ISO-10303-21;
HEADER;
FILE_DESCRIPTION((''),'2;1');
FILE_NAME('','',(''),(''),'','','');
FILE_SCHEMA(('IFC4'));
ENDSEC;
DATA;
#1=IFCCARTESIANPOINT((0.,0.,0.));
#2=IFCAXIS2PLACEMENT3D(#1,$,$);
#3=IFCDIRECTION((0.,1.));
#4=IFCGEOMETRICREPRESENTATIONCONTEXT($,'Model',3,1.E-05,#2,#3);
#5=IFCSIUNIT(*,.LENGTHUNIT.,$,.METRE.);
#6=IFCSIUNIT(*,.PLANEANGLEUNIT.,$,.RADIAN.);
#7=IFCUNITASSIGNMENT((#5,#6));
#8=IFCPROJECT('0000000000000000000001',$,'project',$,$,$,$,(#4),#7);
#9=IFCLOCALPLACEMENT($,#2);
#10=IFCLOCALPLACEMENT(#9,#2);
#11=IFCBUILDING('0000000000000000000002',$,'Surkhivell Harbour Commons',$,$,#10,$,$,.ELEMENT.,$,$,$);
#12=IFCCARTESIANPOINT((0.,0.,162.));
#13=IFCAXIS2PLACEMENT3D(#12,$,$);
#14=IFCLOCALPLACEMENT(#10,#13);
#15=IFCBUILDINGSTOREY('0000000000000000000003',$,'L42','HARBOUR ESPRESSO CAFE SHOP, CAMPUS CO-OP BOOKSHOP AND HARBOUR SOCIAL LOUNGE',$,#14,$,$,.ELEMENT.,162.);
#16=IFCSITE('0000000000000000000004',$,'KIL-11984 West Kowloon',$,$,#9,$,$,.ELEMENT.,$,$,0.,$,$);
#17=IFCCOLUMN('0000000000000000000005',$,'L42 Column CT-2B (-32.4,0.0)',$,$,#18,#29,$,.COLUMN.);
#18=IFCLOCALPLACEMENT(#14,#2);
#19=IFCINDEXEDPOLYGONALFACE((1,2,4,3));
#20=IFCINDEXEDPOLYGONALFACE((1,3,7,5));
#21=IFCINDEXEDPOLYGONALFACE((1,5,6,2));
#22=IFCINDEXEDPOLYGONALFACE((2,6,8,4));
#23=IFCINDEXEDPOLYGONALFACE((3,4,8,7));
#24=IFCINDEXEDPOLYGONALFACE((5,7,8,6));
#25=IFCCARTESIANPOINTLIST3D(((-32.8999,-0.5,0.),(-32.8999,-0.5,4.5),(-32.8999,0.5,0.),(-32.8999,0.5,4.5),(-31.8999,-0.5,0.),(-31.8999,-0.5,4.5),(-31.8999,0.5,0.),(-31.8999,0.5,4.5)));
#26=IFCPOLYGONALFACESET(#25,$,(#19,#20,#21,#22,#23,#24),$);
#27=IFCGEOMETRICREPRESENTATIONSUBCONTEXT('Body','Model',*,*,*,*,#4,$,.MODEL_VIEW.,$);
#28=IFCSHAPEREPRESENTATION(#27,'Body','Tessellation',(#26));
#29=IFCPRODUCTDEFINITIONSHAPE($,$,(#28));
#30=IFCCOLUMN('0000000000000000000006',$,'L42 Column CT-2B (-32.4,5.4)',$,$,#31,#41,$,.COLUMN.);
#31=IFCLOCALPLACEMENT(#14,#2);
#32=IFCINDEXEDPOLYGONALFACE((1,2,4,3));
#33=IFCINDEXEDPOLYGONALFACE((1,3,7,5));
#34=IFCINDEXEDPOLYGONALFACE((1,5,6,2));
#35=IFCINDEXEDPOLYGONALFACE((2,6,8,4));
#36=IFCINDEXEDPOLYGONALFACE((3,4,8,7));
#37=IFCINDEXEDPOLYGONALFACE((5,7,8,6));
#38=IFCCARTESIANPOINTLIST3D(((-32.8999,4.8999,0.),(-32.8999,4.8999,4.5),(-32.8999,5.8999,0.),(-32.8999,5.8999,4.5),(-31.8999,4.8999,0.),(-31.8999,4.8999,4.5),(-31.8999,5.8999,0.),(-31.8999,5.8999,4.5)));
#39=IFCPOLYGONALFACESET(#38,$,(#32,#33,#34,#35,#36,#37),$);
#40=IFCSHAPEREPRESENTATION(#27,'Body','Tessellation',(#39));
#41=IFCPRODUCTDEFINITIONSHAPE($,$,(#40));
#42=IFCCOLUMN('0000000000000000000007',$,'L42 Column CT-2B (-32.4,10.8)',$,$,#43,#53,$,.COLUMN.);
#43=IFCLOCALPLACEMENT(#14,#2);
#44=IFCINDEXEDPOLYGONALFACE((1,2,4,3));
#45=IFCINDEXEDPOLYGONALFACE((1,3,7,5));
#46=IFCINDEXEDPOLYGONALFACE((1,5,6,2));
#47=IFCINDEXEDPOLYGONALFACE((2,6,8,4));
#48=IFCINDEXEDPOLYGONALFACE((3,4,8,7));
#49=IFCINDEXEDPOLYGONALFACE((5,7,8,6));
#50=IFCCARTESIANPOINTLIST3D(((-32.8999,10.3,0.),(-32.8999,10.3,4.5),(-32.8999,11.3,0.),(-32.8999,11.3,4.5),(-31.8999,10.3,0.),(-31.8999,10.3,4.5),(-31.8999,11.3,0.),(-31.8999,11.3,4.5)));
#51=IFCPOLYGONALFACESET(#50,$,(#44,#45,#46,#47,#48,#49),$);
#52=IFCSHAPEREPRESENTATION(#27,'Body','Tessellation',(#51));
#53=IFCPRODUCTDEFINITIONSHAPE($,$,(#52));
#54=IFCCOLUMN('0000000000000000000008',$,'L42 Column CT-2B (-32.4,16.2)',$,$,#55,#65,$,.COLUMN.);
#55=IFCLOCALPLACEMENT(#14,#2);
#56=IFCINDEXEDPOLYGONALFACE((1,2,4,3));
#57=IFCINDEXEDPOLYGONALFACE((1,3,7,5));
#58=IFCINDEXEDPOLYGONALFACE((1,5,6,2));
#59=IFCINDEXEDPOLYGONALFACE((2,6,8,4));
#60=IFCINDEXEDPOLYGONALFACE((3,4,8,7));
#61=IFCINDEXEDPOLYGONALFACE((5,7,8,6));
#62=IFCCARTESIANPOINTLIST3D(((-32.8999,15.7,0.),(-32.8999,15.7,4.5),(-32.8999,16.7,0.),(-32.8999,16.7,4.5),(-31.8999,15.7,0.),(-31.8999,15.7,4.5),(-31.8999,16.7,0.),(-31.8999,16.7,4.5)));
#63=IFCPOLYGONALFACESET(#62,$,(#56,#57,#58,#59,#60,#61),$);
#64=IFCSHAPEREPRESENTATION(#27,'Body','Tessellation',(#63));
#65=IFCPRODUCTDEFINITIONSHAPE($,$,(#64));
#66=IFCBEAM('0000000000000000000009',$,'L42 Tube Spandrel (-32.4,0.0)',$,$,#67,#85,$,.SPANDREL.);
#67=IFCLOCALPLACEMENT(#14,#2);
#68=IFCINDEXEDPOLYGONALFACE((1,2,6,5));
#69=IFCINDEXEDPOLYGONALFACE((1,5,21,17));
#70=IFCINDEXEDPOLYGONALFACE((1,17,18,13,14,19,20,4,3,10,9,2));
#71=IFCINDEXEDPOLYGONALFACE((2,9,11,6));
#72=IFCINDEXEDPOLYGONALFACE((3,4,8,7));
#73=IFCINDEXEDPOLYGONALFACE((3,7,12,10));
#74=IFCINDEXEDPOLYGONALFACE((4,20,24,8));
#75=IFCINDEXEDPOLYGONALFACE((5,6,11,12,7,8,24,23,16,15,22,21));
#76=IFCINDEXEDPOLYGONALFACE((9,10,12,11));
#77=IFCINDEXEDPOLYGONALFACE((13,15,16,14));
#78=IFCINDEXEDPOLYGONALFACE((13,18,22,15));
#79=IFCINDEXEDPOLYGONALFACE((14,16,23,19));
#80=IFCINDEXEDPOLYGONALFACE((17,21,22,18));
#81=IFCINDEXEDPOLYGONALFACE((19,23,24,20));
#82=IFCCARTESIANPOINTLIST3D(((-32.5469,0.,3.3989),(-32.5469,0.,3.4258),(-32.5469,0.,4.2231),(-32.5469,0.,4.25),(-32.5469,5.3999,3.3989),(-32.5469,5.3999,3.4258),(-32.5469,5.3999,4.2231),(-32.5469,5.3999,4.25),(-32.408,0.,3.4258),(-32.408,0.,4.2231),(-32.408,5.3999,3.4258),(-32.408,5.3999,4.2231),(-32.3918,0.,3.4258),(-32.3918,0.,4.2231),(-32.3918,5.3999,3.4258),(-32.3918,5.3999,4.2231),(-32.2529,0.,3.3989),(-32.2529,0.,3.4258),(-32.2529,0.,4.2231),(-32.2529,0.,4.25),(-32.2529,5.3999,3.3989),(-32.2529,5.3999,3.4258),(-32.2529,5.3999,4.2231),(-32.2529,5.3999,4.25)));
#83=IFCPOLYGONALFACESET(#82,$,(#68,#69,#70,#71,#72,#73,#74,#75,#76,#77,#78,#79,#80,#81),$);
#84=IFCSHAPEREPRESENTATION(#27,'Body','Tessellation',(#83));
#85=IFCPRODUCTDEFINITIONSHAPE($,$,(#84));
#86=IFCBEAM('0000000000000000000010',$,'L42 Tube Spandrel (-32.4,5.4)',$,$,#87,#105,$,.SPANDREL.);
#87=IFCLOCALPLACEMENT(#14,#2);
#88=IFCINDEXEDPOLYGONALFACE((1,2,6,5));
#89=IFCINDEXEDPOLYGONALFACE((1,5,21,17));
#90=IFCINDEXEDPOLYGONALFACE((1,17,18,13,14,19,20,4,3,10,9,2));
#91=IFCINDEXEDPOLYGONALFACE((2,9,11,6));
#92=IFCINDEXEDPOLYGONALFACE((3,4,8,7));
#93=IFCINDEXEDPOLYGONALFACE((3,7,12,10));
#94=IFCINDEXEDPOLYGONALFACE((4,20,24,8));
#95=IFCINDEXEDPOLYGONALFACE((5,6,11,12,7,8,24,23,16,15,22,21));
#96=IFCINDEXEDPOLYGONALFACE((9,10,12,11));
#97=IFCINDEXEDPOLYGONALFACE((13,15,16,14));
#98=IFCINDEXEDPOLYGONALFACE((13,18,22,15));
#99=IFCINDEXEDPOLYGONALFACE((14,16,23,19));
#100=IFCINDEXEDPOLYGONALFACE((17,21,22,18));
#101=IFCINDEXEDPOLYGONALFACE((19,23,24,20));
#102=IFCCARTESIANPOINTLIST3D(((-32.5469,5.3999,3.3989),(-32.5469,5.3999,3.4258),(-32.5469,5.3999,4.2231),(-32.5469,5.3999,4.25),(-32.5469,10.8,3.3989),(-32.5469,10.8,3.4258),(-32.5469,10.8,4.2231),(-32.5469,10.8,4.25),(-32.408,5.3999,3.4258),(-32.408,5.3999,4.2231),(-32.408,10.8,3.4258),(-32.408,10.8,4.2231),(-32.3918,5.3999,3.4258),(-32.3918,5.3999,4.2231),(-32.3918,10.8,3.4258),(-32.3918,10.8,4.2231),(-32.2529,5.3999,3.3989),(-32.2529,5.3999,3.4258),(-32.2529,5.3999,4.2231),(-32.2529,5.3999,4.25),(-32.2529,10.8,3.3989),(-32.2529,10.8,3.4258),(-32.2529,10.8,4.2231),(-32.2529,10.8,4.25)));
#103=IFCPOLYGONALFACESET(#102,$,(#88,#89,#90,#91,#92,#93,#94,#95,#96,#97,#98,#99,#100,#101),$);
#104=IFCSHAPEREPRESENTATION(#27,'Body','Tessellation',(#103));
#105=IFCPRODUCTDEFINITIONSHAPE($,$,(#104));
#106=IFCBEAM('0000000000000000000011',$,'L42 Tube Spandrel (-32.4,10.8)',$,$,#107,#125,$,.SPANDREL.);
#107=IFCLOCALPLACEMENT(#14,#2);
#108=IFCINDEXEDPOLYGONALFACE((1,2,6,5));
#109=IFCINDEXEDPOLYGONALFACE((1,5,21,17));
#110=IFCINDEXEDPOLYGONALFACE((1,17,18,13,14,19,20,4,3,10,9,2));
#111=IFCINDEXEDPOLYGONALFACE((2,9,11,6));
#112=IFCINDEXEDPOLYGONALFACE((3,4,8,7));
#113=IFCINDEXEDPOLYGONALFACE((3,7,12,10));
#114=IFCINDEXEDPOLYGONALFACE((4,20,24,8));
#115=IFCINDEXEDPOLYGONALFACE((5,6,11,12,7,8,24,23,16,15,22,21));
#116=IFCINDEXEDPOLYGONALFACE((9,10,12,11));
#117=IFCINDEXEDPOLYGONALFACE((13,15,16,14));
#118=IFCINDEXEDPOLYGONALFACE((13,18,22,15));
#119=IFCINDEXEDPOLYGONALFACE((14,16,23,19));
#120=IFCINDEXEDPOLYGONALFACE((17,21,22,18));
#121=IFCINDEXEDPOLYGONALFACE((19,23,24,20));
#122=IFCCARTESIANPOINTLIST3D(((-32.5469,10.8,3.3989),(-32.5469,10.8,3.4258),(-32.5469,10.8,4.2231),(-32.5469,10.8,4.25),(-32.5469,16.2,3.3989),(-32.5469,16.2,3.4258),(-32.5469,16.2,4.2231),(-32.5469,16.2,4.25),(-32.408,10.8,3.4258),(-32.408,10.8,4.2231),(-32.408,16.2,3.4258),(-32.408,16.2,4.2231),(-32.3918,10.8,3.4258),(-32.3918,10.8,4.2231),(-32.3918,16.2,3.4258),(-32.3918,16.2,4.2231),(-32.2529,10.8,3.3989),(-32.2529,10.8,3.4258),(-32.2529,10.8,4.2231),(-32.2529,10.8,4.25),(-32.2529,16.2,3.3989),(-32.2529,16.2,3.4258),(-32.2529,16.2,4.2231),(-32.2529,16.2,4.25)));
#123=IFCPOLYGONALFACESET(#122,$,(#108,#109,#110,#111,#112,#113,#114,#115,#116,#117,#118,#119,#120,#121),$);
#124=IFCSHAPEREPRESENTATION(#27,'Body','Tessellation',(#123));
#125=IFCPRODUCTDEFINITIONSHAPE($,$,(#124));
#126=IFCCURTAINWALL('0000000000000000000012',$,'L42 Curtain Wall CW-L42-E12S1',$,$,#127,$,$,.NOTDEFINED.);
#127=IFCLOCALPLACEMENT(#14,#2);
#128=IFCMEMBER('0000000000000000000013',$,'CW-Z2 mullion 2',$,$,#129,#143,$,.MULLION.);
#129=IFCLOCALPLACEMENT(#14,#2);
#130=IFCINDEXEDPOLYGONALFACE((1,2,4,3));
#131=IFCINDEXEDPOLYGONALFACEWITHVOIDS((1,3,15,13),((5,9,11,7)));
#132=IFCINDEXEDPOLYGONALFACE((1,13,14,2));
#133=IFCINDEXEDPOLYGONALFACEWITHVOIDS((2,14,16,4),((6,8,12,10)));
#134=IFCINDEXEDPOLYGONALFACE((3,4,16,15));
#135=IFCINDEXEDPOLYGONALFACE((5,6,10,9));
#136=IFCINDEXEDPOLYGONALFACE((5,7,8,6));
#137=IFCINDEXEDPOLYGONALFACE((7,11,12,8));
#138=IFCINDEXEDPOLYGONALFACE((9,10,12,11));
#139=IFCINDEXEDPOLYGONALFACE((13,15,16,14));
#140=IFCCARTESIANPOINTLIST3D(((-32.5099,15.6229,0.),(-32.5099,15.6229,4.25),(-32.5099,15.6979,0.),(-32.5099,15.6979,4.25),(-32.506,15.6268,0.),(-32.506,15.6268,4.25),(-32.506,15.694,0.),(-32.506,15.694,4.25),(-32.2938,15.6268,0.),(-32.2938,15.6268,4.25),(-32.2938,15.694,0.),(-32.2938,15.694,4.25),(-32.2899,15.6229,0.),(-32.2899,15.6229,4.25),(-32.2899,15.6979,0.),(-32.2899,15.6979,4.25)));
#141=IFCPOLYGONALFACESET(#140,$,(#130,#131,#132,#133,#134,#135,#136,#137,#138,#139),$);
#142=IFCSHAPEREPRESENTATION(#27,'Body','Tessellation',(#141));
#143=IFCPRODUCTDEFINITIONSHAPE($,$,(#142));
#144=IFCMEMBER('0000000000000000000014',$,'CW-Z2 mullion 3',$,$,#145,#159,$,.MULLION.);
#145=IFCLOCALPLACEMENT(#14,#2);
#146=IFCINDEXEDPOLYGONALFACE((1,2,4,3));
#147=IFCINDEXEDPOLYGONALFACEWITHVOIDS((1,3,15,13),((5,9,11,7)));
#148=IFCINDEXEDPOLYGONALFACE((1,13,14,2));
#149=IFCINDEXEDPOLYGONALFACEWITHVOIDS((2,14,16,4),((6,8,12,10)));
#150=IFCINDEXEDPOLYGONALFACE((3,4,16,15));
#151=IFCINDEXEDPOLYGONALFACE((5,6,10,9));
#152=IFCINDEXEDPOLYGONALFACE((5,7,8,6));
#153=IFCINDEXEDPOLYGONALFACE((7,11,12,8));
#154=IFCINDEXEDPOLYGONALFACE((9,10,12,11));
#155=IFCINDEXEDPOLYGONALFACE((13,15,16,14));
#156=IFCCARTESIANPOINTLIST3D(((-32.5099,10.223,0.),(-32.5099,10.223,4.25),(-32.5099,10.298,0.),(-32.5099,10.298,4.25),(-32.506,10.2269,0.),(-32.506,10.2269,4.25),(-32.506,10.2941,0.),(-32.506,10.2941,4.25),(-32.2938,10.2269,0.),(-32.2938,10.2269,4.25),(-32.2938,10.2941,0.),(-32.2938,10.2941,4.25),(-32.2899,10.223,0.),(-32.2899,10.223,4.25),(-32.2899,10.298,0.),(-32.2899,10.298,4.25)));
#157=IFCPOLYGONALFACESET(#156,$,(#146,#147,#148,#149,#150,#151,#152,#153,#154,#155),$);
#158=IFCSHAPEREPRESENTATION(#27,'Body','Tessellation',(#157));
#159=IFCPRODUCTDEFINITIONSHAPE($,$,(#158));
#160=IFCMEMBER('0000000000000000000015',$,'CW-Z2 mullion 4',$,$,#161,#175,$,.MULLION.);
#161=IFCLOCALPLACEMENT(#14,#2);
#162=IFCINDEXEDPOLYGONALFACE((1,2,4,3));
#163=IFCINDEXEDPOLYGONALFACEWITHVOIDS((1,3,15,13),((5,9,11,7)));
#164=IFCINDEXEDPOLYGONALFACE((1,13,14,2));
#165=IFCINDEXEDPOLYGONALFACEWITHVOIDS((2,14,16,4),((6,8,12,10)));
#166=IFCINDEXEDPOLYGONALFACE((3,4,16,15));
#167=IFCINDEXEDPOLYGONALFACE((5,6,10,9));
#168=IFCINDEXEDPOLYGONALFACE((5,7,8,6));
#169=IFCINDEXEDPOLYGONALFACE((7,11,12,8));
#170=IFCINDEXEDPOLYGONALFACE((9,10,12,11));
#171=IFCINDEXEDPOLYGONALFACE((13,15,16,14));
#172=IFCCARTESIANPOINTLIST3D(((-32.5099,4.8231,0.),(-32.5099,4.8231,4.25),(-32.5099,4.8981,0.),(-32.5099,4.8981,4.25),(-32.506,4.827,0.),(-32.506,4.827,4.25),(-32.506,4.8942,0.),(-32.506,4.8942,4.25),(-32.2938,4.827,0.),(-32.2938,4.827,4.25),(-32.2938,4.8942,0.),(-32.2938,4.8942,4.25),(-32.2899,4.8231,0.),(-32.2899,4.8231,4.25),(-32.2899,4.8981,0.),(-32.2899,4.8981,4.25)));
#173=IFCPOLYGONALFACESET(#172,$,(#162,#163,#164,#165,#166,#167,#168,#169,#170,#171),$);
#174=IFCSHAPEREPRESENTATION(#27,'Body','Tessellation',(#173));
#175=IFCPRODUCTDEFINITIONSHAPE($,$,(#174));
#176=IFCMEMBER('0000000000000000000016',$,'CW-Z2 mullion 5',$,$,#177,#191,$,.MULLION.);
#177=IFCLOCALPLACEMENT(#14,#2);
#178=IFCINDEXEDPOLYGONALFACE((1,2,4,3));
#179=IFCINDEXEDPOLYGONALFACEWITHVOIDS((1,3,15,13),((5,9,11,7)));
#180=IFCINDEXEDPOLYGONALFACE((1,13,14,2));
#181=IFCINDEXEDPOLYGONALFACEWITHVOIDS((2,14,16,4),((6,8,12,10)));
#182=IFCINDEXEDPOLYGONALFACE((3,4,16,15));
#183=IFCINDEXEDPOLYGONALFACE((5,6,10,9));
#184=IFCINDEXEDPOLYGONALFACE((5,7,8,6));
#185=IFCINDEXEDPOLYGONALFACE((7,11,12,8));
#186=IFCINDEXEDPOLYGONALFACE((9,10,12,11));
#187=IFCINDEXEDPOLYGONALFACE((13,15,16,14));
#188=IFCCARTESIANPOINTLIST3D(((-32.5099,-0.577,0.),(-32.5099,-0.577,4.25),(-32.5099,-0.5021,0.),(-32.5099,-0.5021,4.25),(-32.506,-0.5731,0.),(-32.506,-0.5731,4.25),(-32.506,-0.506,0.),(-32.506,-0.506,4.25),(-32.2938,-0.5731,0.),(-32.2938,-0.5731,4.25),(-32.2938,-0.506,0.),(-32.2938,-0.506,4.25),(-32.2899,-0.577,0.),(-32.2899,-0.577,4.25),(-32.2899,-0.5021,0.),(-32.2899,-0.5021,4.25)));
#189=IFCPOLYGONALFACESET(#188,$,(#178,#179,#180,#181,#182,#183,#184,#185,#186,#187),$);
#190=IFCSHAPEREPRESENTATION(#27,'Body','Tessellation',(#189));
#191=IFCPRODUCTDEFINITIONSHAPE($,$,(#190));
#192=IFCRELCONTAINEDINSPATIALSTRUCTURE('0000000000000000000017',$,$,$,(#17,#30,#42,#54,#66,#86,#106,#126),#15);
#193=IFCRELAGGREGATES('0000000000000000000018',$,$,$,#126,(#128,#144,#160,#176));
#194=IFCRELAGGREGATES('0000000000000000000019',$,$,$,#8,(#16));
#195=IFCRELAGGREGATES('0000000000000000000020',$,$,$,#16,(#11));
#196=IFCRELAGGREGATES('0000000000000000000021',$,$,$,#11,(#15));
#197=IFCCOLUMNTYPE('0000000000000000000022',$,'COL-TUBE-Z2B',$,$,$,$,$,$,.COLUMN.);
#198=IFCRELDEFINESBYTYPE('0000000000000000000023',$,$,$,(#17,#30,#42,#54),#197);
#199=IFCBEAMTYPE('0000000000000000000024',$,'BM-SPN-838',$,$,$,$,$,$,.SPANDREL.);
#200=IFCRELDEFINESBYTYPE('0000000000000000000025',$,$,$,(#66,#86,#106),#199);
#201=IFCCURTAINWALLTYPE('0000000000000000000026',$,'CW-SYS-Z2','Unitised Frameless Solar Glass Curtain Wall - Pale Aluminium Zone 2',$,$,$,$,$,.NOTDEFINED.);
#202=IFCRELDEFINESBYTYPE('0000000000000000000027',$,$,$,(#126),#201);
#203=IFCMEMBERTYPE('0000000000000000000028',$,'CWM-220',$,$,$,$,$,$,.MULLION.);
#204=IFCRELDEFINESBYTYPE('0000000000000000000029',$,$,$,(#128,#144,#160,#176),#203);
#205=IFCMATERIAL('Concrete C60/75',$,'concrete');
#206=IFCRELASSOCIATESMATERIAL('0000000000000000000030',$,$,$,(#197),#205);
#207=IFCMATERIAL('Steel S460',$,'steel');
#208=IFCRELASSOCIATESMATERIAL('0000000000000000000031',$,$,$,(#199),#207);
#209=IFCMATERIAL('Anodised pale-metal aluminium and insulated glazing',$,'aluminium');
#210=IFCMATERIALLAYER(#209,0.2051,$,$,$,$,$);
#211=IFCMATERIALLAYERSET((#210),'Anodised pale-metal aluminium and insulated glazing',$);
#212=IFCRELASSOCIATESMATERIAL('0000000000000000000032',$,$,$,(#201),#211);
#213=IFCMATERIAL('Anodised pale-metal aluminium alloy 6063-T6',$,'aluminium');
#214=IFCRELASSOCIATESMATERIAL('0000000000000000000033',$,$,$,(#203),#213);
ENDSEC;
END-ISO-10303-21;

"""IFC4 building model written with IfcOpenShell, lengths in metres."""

from ifc_helpers import new_model, si_unit, direction, frame, origin, origin_2d, place, context, subcontext, project, spatial, rectangle, hollow_rectangle, i_section, extrude, material, layer, layer_set, material_profile, profile_set, type_object, element, aggregate, save


model = new_model("IFC4")

# Units and contexts
model_context = context("Model", 3, precision=1e-05, world=origin(), true_north=direction((0.0, 1.0)))
body_context = subcontext(model_context, "Body", "Model", "MODEL_VIEW")
ifc_project = project(units=[si_unit("LENGTHUNIT", "METRE"), si_unit("PLANEANGLEUNIT", "RADIAN")], contexts=[model_context])

# Site, building, storey
site_placement = place(None, origin())
site = spatial("IfcSite", under=ifc_project, at=site_placement, Name="KIL-11984 West Kowloon", CompositionType="ELEMENT", RefElevation=0.0)
building_placement = place(site_placement, origin())
building = spatial("IfcBuilding", under=site, at=building_placement, Name="Surkhivell Harbour Commons", CompositionType="ELEMENT")
storey_placement = place(building_placement, frame((0.0, 0.0, 162.0)))
storey = spatial("IfcBuildingStorey", under=building, at=storey_placement, Name="L42", Description="HARBOUR ESPRESSO CAFE SHOP, CAMPUS CO-OP BOOKSHOP AND HARBOUR SOCIAL LOUNGE", CompositionType="ELEMENT", Elevation=162.0)

# Columns
ifc_material_1 = material(Name="Concrete C60/75", Category="concrete")
ifc_material_profile_1 = material_profile(ifc_material_1, rectangle(XDim=1.0, YDim=1.0, at=origin_2d()), Name="RC-COL-1000x1000")
ifc_profile_set_1 = profile_set([ifc_material_profile_1], Name="Concrete C60/75")
column_type = type_object("IfcColumnType", Name="COL-TUBE-Z2B", PredefinedType="COLUMN", material=ifc_profile_set_1)
for number, where, z_axis, x_axis, name in (
    (1, (-32.3999, 0.0, 0.0), (0.0, 0.0, 1.0), (1.0, 0.0, 0.0), "L42 Column CT-2B (-32.4,0.0)"),
    (2, (-32.3999, 5.3999, 0.0), (0.0, 0.0, 1.0), (1.0, 0.0, 0.0), "L42 Column CT-2B (-32.4,5.4)"),
    (3, (-32.3999, 10.8, 0.0), (0.0, 0.0, 1.0), (1.0, 0.0, 0.0), "L42 Column CT-2B (-32.4,10.8)"),
    (4, (-32.3999, 16.2, 0.0), (0.0, 0.0, 1.0), (1.0, 0.0, 0.0), "L42 Column CT-2B (-32.4,16.2)"),
):
    element("IfcColumn", number, at=place(storey_placement, frame(where, z_axis=z_axis, x_axis=x_axis)), inside=storey, type_object=column_type, Name=name, PredefinedType="COLUMN", context=body_context, shape_type="SweptSolid", body=[
        extrude(rectangle(XDim=1.0, YDim=1.0, at=origin_2d()), origin(), (0.0, 0.0, 1.0), 4.5),
    ])

# Beams
ifc_material_2 = material(Name="Steel S460", Category="steel")
ifc_material_profile_2 = material_profile(ifc_material_2, i_section(OverallWidth=0.2939, OverallDepth=0.8511, WebThickness=0.0161, FlangeThickness=0.0269, at=origin_2d()), Name="UB838x292x226")
ifc_profile_set_2 = profile_set([ifc_material_profile_2], Name="Steel S460")
beam_type = type_object("IfcBeamType", Name="BM-SPN-838", PredefinedType="SPANDREL", material=ifc_profile_set_2)
beam_1_placement = place(storey_placement, frame((-32.3999, 0.0, 3.8245), z_axis=(0.0, 1.0, 0.0), x_axis=(-1.0, 0.0, 0.0)))
element("IfcBeam", 5, at=beam_1_placement, inside=storey, type_object=beam_type, Name="L42 Tube Spandrel (-32.4,0.0)", PredefinedType="SPANDREL", context=body_context, shape_type="SweptSolid", body=[
    extrude(i_section(OverallWidth=0.2939, OverallDepth=0.8511, WebThickness=0.0161, FlangeThickness=0.0269, at=origin_2d()), origin(), (0.0, 0.0, 1.0), 5.3999),
])
beam_2_placement = place(storey_placement, frame((-32.3999, 5.3999, 3.8245), z_axis=(0.0, 1.0, 0.0), x_axis=(-1.0, 0.0, 0.0)))
element("IfcBeam", 6, at=beam_2_placement, inside=storey, type_object=beam_type, Name="L42 Tube Spandrel (-32.4,5.4)", PredefinedType="SPANDREL", context=body_context, shape_type="SweptSolid", body=[
    extrude(i_section(OverallWidth=0.2939, OverallDepth=0.8511, WebThickness=0.0161, FlangeThickness=0.0269, at=origin_2d()), origin(), (0.0, 0.0, 1.0), 5.4001),
])
beam_3_placement = place(storey_placement, frame((-32.3999, 10.8, 3.8245), z_axis=(0.0, 1.0, 0.0), x_axis=(-1.0, 0.0, 0.0)))
element("IfcBeam", 7, at=beam_3_placement, inside=storey, type_object=beam_type, Name="L42 Tube Spandrel (-32.4,10.8)", PredefinedType="SPANDREL", context=body_context, shape_type="SweptSolid", body=[
    extrude(i_section(OverallWidth=0.2939, OverallDepth=0.8511, WebThickness=0.0161, FlangeThickness=0.0269, at=origin_2d()), origin(), (0.0, 0.0, 1.0), 5.3999),
])

# Curtain wall, members
ifc_material_3 = material(Name="Anodised pale-metal aluminium and insulated glazing", Category="aluminium")
ifc_layer_1 = layer(ifc_material_3, 0.2051)
ifc_layer_set_1 = layer_set([ifc_layer_1], Name="Anodised pale-metal aluminium and insulated glazing")
curtain_wall_type = type_object("IfcCurtainWallType", Name="CW-SYS-Z2", Description="Unitised Frameless Solar Glass Curtain Wall - Pale Aluminium Zone 2", PredefinedType="NOTDEFINED", material=ifc_layer_set_1)
curtain_wall_placement = place(storey_placement, origin())
curtain_wall = element("IfcCurtainWall", 8, at=curtain_wall_placement, inside=storey, type_object=curtain_wall_type, Name="L42 Curtain Wall CW-L42-E12S1", PredefinedType="NOTDEFINED")
ifc_material_4 = material(Name="Anodised pale-metal aluminium alloy 6063-T6", Category="aluminium")
ifc_material_profile_3 = material_profile(ifc_material_4, hollow_rectangle(XDim=0.075, YDim=0.22, WallThickness=0.0039, at=origin_2d()), Name="ALU-MULL-75x220")
ifc_profile_set_3 = profile_set([ifc_material_profile_3], Name="Anodised pale-metal aluminium alloy 6063-T6")
member_type_1 = type_object("IfcMemberType", Name="CWM-220", PredefinedType="MULLION", material=ifc_profile_set_3)
member_1_placement = place(storey_placement, frame((-32.3999, 15.6604, 0.0), z_axis=(0.0, 0.0, 1.0), x_axis=(0.0, -1.0, 0.0)))
member_1 = element("IfcMember", 9, at=member_1_placement, type_object=member_type_1, Name="CW-Z2 mullion 2", PredefinedType="MULLION", context=body_context, shape_type="SweptSolid", body=[
    extrude(hollow_rectangle(XDim=0.075, YDim=0.22, WallThickness=0.0039, at=origin_2d()), origin(), (0.0, 0.0, 1.0), 4.25),
])
member_2_placement = place(storey_placement, frame((-32.3999, 10.2605, 0.0), z_axis=(0.0, 0.0, 1.0), x_axis=(0.0, -1.0, 0.0)))
member_2 = element("IfcMember", 10, at=member_2_placement, type_object=member_type_1, Name="CW-Z2 mullion 3", PredefinedType="MULLION", context=body_context, shape_type="SweptSolid", body=[
    extrude(hollow_rectangle(XDim=0.075, YDim=0.22, WallThickness=0.0039, at=origin_2d()), origin(), (0.0, 0.0, 1.0), 4.25),
])
member_3_placement = place(storey_placement, frame((-32.3999, 4.8606, 0.0), z_axis=(0.0, 0.0, 1.0), x_axis=(0.0, -1.0, 0.0)))
member_3 = element("IfcMember", 11, at=member_3_placement, type_object=member_type_1, Name="CW-Z2 mullion 4", PredefinedType="MULLION", context=body_context, shape_type="SweptSolid", body=[
    extrude(hollow_rectangle(XDim=0.075, YDim=0.22, WallThickness=0.0039, at=origin_2d()), origin(), (0.0, 0.0, 1.0), 4.25),
])
member_4_placement = place(storey_placement, frame((-32.3999, -0.5396, 0.0), z_axis=(0.0, 0.0, 1.0), x_axis=(0.0, -1.0, 0.0)))
member_4 = element("IfcMember", 12, at=member_4_placement, type_object=member_type_1, Name="CW-Z2 mullion 5", PredefinedType="MULLION", context=body_context, shape_type="SweptSolid", body=[
    extrude(hollow_rectangle(XDim=0.075, YDim=0.22, WallThickness=0.0039, at=origin_2d()), origin(), (0.0, 0.0, 1.0), 4.25),
])
aggregate(curtain_wall, [member_1, member_2, member_3, member_4])

save(model, "model.ifc")
